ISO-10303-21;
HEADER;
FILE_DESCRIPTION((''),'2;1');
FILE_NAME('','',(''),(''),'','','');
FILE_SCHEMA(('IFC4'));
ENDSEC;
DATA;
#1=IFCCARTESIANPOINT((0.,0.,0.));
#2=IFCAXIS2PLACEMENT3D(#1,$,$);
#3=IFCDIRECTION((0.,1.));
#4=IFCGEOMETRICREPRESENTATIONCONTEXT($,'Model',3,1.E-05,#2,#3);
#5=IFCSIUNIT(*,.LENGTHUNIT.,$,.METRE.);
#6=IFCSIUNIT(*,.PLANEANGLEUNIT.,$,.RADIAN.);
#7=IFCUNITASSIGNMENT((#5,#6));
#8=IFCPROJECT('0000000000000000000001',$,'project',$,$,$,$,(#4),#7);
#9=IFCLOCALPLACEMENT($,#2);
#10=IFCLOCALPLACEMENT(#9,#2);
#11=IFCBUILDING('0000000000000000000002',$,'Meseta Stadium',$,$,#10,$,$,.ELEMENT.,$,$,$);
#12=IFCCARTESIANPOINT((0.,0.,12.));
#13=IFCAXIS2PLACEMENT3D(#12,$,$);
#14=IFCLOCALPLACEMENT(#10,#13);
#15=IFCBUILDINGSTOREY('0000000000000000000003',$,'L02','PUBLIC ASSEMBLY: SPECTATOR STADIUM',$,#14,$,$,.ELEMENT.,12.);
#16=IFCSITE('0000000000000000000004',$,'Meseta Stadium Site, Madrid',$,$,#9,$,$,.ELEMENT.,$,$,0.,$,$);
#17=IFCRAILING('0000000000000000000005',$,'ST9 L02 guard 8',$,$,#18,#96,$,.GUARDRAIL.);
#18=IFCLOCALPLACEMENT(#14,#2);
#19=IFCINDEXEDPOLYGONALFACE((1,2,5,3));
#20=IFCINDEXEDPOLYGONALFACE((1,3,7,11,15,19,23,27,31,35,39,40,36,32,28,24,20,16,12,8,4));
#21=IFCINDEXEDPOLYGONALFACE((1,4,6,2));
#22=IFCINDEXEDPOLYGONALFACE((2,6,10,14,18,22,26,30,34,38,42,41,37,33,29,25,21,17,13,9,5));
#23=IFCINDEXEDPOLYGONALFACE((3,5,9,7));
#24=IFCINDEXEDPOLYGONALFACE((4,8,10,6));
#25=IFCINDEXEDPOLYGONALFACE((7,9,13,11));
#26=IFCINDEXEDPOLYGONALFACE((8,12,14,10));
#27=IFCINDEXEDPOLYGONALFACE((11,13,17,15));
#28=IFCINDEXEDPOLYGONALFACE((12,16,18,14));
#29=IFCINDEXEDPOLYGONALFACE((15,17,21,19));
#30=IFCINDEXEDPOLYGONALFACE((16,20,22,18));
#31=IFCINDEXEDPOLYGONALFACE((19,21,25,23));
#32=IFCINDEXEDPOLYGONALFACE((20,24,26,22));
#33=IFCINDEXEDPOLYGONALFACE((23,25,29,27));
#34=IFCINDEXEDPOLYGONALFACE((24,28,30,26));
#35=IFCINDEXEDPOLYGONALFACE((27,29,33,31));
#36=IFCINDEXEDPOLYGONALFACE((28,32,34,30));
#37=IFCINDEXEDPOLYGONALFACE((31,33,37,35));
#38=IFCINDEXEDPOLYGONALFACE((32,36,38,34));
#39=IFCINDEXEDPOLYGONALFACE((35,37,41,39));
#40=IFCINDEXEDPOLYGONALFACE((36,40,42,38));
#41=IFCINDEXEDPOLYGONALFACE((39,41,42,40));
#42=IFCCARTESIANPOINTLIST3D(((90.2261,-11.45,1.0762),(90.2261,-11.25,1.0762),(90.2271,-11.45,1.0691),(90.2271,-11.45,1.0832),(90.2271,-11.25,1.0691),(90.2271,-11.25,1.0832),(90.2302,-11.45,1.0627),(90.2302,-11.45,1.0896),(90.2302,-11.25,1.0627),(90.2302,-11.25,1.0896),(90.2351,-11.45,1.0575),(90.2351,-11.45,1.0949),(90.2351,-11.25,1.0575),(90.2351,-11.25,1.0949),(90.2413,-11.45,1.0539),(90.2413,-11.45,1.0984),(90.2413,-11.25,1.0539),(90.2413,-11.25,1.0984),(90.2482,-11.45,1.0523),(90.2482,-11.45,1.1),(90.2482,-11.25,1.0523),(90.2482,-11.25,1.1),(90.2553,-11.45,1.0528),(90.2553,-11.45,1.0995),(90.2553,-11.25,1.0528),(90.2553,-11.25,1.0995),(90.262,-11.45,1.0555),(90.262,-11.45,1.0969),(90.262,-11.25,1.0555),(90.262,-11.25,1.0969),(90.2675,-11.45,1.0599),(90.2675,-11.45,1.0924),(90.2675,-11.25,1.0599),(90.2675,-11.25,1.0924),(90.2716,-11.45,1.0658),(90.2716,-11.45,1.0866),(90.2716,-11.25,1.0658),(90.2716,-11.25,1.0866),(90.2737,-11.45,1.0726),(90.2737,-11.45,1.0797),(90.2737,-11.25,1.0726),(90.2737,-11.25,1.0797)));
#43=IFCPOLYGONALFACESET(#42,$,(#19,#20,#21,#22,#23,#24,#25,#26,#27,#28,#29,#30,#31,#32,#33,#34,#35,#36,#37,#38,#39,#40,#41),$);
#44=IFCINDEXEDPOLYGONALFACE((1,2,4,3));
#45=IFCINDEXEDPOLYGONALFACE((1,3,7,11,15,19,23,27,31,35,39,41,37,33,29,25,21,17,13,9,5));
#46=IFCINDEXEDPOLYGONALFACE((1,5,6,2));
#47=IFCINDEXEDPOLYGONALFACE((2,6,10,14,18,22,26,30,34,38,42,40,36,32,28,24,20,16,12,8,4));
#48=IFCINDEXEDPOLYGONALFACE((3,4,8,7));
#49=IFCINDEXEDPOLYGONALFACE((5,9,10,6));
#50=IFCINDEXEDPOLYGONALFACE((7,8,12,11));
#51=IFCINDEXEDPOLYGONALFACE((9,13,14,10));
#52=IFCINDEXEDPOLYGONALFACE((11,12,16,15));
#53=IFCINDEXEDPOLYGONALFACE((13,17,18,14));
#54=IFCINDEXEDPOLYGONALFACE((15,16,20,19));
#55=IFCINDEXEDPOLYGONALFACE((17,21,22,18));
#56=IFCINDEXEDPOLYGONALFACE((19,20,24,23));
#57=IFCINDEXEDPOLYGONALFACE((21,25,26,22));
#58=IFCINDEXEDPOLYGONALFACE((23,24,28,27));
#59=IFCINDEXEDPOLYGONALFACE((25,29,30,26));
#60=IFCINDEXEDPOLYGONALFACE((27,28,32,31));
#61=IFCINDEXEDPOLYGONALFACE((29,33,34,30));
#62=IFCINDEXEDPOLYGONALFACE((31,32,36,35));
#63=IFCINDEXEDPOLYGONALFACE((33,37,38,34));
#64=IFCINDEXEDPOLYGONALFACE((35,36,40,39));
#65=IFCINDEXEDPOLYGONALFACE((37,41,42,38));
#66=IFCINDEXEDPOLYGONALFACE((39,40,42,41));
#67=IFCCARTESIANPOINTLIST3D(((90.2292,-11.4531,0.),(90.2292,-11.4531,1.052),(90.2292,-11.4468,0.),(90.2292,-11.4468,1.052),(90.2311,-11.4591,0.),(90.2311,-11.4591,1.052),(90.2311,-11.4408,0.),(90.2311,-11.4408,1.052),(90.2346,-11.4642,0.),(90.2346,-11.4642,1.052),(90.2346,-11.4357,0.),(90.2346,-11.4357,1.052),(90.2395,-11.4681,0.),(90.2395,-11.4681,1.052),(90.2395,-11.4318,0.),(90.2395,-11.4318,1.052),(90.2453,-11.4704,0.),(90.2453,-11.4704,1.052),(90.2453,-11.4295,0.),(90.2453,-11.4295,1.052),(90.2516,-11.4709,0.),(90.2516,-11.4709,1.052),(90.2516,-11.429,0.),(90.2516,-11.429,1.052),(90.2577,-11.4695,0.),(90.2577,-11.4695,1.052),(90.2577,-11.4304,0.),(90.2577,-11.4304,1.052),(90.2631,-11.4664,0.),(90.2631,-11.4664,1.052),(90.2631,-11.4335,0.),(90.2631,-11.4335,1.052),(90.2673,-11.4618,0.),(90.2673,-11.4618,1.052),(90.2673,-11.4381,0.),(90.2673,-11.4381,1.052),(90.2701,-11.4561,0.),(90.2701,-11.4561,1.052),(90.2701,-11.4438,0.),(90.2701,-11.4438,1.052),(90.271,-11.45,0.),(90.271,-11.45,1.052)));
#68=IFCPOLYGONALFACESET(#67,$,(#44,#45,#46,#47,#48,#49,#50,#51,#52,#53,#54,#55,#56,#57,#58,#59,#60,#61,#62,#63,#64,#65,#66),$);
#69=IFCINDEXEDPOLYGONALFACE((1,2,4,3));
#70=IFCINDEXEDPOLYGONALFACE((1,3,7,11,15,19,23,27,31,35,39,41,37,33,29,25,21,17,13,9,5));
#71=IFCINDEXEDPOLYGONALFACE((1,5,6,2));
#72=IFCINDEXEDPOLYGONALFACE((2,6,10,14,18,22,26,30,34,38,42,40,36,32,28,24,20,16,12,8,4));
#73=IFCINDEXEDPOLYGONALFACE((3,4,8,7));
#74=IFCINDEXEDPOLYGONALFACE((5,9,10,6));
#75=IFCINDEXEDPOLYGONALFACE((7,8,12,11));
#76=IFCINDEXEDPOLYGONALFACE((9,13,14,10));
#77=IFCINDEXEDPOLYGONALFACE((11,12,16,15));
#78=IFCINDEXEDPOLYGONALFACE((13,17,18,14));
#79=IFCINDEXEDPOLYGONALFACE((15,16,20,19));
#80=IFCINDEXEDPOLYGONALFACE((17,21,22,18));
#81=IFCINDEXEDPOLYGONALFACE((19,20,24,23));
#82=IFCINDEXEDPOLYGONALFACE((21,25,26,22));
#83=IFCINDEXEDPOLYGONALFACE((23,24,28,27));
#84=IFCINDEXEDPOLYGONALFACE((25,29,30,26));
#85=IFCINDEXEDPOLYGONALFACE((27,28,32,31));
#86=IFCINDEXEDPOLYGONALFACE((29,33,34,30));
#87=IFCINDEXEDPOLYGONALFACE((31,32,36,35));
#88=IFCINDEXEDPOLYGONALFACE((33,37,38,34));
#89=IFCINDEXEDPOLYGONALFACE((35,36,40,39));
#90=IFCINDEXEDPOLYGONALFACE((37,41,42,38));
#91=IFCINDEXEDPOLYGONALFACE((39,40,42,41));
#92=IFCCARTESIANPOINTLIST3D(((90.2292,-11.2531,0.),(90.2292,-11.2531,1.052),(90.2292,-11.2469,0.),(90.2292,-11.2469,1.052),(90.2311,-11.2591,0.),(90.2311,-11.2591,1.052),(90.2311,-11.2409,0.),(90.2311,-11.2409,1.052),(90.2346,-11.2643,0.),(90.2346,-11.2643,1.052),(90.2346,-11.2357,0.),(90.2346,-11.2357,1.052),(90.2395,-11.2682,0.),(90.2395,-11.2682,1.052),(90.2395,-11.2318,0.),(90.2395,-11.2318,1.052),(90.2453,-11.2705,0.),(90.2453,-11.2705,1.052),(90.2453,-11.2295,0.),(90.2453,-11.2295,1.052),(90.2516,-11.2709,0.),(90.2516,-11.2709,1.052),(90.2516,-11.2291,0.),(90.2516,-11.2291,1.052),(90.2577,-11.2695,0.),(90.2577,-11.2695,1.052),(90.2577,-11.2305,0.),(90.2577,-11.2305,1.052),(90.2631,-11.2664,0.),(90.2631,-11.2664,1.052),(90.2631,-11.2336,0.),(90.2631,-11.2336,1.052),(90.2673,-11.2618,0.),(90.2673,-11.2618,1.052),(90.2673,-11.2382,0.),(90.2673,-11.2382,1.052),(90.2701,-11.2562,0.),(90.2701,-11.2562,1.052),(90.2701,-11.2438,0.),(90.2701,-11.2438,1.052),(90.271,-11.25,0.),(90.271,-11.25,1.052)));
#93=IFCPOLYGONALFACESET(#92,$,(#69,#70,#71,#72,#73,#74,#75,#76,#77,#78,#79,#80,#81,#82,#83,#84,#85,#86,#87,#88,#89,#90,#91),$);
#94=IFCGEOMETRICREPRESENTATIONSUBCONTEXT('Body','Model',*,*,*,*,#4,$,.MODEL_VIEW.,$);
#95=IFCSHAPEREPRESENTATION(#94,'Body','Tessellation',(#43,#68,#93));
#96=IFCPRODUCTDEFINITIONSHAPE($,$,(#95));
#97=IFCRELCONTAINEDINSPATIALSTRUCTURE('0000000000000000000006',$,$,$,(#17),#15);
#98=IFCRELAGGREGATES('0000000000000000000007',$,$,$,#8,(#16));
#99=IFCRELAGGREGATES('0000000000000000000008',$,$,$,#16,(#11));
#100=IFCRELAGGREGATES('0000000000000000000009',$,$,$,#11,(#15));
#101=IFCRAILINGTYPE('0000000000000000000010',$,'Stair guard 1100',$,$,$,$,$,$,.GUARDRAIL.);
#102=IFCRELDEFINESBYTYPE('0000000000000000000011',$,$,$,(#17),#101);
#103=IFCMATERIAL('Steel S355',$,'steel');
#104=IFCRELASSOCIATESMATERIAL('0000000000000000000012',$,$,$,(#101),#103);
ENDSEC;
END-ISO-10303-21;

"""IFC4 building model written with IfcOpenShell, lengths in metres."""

from ifc_helpers import new_model, si_unit, direction, frame, origin, origin_2d, place, context, subcontext, project, spatial, circle, extrude, material, type_object, element, save


model = new_model("IFC4")

# Units and contexts
model_context = context("Model", 3, precision=1e-05, world=origin(), true_north=direction((0.0, 1.0)))
body_context = subcontext(model_context, "Body", "Model", "MODEL_VIEW")
ifc_project = project(units=[si_unit("LENGTHUNIT", "METRE"), si_unit("PLANEANGLEUNIT", "RADIAN")], contexts=[model_context])

# Site, building, storey
site_placement = place(None, origin())
site = spatial("IfcSite", under=ifc_project, at=site_placement, Name="Meseta Stadium Site, Madrid", CompositionType="ELEMENT", RefElevation=0.0)
building_placement = place(site_placement, origin())
building = spatial("IfcBuilding", under=site, at=building_placement, Name="Meseta Stadium", CompositionType="ELEMENT")
storey_placement = place(building_placement, frame((0.0, 0.0, 12.0)))
storey = spatial("IfcBuildingStorey", under=building, at=storey_placement, Name="L02", Description="PUBLIC ASSEMBLY: SPECTATOR STADIUM", CompositionType="ELEMENT", Elevation=12.0)

# Railing
ifc_material_1 = material(Name="Steel S355", Category="steel")
railing_type_1 = type_object("IfcRailingType", Name="Stair guard 1100", PredefinedType="GUARDRAIL", material=ifc_material_1)
railing_1_placement = place(storey_placement, frame((90.25, -11.45, 0.0)))
element("IfcRailing", 1, at=railing_1_placement, inside=storey, type_object=railing_type_1, Name="ST9 L02 guard 8", PredefinedType="GUARDRAIL", context=body_context, shape_type="SweptSolid", body=[
    extrude(circle(Radius=0.0239, at=origin_2d()), frame((0.0, 0.0, 1.0762), z_axis=(0.0, 1.0, 0.0), x_axis=(-1.0, 0.0, 0.0)), (0.0, 0.0, 1.0), 0.2),
    extrude(circle(Radius=0.021, at=origin_2d()), origin(), (0.0, 0.0, 1.0), 1.052),
    extrude(circle(Radius=0.021, at=origin_2d()), frame((0.0, 0.2, 0.0)), (0.0, 0.0, 1.0), 1.052),
])

save(model, "model.ifc")
